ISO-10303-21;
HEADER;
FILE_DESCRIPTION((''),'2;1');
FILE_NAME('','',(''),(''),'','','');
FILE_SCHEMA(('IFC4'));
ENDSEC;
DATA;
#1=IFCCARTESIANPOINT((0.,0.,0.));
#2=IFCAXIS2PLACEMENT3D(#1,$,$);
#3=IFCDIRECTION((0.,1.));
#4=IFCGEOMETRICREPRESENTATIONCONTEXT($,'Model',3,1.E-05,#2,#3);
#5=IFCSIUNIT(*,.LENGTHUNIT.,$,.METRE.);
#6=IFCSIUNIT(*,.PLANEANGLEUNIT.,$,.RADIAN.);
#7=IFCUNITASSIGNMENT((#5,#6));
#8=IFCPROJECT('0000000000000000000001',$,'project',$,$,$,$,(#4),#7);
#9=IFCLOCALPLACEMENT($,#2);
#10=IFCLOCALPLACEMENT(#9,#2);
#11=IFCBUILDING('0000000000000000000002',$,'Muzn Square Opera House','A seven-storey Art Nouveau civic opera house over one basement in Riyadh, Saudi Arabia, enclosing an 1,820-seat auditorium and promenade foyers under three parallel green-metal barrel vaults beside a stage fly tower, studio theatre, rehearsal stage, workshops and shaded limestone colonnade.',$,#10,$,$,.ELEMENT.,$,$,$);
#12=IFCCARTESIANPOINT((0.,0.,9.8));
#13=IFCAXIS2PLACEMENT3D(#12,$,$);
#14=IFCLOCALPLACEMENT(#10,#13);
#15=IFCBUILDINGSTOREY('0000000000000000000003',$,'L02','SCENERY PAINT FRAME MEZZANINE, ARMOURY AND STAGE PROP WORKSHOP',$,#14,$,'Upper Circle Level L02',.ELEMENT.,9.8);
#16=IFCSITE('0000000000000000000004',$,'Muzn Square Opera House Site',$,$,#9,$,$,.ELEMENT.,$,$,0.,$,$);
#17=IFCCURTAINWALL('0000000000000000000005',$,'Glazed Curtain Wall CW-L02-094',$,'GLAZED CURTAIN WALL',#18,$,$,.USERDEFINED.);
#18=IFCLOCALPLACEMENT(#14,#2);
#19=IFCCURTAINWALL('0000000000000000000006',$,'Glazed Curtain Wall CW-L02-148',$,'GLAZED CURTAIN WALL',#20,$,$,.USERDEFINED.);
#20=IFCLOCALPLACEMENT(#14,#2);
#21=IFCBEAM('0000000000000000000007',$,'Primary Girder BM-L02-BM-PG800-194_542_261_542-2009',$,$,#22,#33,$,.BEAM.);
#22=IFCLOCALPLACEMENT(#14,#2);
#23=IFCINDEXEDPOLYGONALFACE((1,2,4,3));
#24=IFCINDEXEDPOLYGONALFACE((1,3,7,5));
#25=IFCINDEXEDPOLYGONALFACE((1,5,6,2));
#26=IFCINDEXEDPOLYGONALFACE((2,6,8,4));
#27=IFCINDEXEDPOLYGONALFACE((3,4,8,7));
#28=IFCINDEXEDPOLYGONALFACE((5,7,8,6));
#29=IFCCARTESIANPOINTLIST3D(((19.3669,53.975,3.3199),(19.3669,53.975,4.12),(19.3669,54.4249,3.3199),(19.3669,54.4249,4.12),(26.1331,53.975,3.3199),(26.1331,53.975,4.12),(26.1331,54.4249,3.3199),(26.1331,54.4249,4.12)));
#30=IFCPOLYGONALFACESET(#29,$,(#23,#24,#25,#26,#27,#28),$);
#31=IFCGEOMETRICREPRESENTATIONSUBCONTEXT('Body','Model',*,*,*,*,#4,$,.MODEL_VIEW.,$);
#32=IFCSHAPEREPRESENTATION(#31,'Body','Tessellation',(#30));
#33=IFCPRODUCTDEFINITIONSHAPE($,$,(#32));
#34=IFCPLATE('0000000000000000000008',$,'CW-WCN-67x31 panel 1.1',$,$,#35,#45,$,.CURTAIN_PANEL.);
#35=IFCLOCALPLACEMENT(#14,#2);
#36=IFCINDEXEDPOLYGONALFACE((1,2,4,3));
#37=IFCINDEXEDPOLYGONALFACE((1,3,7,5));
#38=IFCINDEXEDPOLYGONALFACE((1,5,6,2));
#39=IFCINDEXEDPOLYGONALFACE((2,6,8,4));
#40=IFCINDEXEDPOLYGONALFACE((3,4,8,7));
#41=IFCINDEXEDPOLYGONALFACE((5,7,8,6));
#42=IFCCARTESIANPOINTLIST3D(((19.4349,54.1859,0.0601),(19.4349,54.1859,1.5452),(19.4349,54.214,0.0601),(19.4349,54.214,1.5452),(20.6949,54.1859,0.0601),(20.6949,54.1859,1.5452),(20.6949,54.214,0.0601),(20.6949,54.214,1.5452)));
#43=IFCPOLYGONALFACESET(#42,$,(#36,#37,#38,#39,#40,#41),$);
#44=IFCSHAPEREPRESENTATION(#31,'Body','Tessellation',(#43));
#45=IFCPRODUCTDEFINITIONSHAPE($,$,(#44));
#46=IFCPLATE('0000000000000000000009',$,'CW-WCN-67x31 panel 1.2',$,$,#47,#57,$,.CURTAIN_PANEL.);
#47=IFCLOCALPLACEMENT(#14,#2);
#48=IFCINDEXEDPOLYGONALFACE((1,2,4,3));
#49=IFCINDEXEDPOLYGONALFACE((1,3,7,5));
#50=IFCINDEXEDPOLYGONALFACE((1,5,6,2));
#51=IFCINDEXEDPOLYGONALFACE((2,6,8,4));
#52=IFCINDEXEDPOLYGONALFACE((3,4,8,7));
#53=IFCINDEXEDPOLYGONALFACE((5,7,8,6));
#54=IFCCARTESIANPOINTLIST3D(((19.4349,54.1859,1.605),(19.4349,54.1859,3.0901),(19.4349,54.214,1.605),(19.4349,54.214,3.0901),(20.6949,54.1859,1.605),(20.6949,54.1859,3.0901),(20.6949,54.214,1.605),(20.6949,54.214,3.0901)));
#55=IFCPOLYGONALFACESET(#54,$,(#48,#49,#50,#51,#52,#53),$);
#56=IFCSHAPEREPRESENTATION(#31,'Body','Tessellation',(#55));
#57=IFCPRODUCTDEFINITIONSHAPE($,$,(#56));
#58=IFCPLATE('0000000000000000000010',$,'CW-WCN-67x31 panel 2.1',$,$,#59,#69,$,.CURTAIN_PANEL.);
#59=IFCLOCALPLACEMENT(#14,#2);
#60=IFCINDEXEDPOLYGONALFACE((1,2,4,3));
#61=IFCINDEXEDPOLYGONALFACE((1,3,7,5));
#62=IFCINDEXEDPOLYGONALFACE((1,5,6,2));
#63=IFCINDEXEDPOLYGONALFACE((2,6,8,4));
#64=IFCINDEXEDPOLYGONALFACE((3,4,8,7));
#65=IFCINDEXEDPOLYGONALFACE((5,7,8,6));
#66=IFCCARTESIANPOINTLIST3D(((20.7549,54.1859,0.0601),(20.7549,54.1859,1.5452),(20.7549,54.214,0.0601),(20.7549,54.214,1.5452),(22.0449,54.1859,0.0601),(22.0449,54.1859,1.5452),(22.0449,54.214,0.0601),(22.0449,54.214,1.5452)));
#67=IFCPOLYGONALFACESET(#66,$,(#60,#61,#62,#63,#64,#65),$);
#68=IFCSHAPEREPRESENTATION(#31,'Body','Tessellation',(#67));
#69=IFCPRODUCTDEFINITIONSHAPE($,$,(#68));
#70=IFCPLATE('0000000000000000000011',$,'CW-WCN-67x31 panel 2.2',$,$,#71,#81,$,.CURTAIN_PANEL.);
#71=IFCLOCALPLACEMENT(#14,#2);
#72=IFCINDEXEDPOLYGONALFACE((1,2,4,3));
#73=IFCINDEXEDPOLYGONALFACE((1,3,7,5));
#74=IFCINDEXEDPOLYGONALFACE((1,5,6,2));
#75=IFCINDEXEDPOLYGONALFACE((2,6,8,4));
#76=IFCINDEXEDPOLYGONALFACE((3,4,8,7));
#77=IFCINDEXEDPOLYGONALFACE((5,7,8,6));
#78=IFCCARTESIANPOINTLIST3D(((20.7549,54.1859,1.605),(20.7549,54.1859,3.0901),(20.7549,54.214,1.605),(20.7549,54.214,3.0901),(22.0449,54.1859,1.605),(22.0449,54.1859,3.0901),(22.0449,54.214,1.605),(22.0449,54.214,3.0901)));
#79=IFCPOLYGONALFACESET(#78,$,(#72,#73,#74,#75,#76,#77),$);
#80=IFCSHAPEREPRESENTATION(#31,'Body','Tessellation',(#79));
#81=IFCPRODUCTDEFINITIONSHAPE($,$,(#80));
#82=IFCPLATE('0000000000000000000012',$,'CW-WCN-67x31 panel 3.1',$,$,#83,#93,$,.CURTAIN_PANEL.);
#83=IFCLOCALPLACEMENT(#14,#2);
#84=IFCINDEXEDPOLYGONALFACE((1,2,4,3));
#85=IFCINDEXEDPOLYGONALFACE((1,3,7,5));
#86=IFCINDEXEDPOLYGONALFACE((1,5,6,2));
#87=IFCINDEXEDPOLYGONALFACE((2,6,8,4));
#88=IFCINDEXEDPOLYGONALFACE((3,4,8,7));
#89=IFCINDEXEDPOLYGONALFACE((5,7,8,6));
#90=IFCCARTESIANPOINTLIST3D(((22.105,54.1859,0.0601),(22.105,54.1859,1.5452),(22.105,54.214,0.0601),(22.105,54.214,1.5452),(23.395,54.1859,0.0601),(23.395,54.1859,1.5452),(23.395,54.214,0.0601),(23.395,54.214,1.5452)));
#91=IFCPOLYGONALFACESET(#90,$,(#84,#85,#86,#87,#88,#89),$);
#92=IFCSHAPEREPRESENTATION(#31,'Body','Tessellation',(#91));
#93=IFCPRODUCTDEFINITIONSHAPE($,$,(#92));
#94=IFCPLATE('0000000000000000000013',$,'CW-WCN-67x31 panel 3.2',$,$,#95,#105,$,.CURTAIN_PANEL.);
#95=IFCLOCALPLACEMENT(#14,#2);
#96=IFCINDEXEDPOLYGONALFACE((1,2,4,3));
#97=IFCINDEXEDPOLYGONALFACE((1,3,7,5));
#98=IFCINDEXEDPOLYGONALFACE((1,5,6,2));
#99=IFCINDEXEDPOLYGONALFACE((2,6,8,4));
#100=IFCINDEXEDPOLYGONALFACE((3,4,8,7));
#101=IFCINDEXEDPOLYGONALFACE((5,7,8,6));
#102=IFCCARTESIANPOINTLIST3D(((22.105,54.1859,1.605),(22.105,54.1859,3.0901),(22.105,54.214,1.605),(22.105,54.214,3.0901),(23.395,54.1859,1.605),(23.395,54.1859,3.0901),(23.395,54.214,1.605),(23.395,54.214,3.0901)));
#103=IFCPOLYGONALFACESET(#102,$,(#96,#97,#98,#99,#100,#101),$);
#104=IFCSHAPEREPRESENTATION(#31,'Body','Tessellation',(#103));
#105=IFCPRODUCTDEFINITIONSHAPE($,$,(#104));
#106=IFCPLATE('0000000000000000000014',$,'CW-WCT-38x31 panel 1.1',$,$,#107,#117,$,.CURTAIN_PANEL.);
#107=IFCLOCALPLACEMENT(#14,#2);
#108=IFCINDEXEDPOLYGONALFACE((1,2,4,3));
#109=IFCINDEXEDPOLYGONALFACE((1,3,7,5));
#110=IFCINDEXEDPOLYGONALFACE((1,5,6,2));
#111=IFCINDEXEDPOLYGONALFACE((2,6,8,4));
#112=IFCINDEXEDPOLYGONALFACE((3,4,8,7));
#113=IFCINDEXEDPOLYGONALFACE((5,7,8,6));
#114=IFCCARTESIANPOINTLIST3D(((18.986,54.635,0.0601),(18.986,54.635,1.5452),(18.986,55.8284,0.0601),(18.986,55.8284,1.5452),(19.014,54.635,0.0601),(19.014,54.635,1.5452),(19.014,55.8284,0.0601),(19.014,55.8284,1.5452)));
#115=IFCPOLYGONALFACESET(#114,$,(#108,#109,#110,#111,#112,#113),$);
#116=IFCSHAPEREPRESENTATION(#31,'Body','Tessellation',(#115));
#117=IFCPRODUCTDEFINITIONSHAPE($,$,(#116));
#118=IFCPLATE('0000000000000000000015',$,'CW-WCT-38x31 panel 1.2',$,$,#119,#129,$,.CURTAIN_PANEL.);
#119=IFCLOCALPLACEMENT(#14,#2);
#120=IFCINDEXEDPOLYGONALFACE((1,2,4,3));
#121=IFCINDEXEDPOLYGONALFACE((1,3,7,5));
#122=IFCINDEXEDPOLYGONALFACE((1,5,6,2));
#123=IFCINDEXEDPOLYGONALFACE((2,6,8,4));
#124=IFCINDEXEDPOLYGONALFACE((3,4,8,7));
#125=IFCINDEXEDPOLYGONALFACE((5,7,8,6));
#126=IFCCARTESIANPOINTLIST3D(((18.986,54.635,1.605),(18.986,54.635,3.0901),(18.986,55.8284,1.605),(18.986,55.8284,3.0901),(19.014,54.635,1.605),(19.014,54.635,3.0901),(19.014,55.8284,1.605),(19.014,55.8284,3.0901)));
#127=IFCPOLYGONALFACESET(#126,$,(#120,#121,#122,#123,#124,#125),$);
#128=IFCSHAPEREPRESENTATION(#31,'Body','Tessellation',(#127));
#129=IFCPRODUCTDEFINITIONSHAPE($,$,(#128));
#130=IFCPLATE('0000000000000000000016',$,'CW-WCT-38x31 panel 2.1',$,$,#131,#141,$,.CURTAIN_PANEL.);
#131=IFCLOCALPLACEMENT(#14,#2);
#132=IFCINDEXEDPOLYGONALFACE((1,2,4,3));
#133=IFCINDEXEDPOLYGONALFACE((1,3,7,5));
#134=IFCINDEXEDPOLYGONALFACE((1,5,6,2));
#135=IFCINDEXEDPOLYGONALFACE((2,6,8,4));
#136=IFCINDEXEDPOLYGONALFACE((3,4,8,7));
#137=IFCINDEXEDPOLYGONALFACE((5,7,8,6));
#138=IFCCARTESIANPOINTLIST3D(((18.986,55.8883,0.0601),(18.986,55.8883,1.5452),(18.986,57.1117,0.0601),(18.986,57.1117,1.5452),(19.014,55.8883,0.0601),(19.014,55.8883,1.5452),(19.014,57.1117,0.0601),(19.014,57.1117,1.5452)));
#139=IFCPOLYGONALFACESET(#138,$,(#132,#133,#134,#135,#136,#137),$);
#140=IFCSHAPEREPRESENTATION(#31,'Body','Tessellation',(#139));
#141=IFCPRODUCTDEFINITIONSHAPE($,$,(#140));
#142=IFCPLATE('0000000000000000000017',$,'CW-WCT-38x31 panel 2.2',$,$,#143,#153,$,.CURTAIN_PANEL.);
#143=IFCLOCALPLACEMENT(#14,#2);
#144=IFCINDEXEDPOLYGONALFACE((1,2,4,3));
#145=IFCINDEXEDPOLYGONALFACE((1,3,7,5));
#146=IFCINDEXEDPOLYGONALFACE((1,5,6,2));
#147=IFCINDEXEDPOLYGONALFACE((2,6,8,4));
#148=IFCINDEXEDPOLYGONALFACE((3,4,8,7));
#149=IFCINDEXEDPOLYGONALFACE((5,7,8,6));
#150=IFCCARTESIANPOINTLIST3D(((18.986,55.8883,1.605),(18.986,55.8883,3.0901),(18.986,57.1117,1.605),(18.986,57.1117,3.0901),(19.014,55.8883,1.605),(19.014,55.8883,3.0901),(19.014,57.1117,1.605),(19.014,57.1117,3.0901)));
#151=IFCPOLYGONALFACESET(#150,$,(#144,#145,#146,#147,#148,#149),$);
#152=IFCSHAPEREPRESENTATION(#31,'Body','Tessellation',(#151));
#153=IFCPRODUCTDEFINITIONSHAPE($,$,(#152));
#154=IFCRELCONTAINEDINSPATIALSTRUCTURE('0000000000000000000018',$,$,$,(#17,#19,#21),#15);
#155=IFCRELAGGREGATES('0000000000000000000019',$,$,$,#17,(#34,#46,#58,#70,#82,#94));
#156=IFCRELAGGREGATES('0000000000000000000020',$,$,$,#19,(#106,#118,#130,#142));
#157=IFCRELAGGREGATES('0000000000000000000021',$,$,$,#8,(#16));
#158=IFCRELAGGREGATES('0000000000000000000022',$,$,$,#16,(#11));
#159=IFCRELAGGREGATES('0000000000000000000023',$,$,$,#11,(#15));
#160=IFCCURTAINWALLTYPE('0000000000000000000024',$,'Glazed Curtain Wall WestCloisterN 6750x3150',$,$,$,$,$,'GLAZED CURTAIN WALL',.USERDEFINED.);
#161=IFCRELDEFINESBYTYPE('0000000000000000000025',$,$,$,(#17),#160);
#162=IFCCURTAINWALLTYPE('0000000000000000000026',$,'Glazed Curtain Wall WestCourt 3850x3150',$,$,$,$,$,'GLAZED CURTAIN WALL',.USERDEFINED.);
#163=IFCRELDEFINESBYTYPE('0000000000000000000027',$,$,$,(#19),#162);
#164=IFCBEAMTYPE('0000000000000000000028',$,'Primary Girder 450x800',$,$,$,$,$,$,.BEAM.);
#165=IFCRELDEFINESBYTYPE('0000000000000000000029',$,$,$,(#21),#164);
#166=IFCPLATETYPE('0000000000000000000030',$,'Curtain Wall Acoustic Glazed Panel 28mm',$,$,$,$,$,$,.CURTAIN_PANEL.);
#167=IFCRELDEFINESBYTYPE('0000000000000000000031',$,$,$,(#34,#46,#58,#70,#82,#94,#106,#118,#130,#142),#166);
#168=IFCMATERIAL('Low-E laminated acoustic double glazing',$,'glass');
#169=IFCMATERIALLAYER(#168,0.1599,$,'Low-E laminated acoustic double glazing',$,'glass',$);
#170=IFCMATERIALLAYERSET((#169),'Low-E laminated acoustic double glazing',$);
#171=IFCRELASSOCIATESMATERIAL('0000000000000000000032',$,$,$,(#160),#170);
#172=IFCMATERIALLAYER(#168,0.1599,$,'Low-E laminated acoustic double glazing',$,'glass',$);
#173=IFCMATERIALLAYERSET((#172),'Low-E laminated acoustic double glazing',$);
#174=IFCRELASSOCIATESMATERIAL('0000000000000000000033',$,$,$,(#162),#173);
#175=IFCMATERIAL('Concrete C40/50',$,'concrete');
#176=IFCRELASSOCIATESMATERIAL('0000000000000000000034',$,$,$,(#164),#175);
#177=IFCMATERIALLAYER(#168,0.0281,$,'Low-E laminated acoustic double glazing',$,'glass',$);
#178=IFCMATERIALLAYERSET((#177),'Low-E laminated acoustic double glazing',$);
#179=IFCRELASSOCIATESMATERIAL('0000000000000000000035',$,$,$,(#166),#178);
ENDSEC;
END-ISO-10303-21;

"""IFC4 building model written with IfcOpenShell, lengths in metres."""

from ifc_helpers import new_model, si_unit, direction, frame, origin, origin_2d, place, context, subcontext, project, spatial, rectangle, extrude, material, layer, layer_set, material_profile, profile_set, type_object, element, aggregate, save


model = new_model("IFC4")

# Units and contexts
model_context = context("Model", 3, precision=1e-05, world=origin(), true_north=direction((0.0, 1.0)))
body_context = subcontext(model_context, "Body", "Model", "MODEL_VIEW")
ifc_project = project(units=[si_unit("LENGTHUNIT", "METRE"), si_unit("PLANEANGLEUNIT", "RADIAN")], contexts=[model_context])

# Site, building, storey
site_placement = place(None, origin())
site = spatial("IfcSite", under=ifc_project, at=site_placement, Name="Muzn Square Opera House Site", CompositionType="ELEMENT", RefElevation=0.0)
building_placement = place(site_placement, origin())
building = spatial("IfcBuilding", under=site, at=building_placement, Name="Muzn Square Opera House", Description="A seven-storey Art Nouveau civic opera house over one basement in Riyadh, Saudi Arabia, enclosing an 1,820-seat auditorium and promenade foyers under three parallel green-metal barrel vaults beside a stage fly tower, studio theatre, rehearsal stage, workshops and shaded limestone colonnade.", CompositionType="ELEMENT")
storey_placement = place(building_placement, frame((0.0, 0.0, 9.8)))
storey = spatial("IfcBuildingStorey", under=building, at=storey_placement, Name="L02", Description="SCENERY PAINT FRAME MEZZANINE, ARMOURY AND STAGE PROP WORKSHOP", LongName="Upper Circle Level L02", CompositionType="ELEMENT", Elevation=9.8)

# Curtain walls
ifc_material_1 = material(Name="Low-E laminated acoustic double glazing", Category="glass")
ifc_layer_1 = layer(ifc_material_1, 0.1599, Name="Low-E laminated acoustic double glazing", Category="glass")
ifc_layer_set_1 = layer_set([ifc_layer_1], Name="Low-E laminated acoustic double glazing")
curtain_wall_type_1 = type_object("IfcCurtainWallType", Name="Glazed Curtain Wall WestCloisterN 6750x3150", ElementType="GLAZED CURTAIN WALL", PredefinedType="USERDEFINED", material=ifc_layer_set_1)
curtain_wall_1_placement = place(storey_placement, origin())
curtain_wall_1 = element("IfcCurtainWall", 1, at=curtain_wall_1_placement, inside=storey, type_object=curtain_wall_type_1, Name="Glazed Curtain Wall CW-L02-094", ObjectType="GLAZED CURTAIN WALL", PredefinedType="USERDEFINED")
ifc_layer_2 = layer(ifc_material_1, 0.1599, Name="Low-E laminated acoustic double glazing", Category="glass")
ifc_layer_set_2 = layer_set([ifc_layer_2], Name="Low-E laminated acoustic double glazing")
curtain_wall_type_2 = type_object("IfcCurtainWallType", Name="Glazed Curtain Wall WestCourt 3850x3150", ElementType="GLAZED CURTAIN WALL", PredefinedType="USERDEFINED", material=ifc_layer_set_2)
curtain_wall_2_placement = place(storey_placement, origin())
curtain_wall_2 = element("IfcCurtainWall", 2, at=curtain_wall_2_placement, inside=storey, type_object=curtain_wall_type_2, Name="Glazed Curtain Wall CW-L02-148", ObjectType="GLAZED CURTAIN WALL", PredefinedType="USERDEFINED")

# Beam
ifc_material_2 = material(Name="Concrete C40/50", Category="concrete")
ifc_material_profile_1 = material_profile(ifc_material_2, rectangle(XDim=0.45, YDim=0.8, at=origin_2d()), Name="RCB 450x800", Category="concrete")
ifc_profile_set_1 = profile_set([ifc_material_profile_1], Name="Concrete C40/50")
beam_type_1 = type_object("IfcBeamType", Name="Primary Girder 450x800", PredefinedType="BEAM", material=ifc_profile_set_1)
beam_1_placement = place(storey_placement, frame((19.3669, 54.2, 3.72), z_axis=(1.0, 0.0, 0.0), x_axis=(0.0, 1.0, 0.0)))
element("IfcBeam", 3, at=beam_1_placement, inside=storey, type_object=beam_type_1, Name="Primary Girder BM-L02-BM-PG800-194_542_261_542-2009", PredefinedType="BEAM", context=body_context, shape_type="SweptSolid", body=[
    extrude(rectangle(XDim=0.45, YDim=0.8, at=origin_2d()), origin(), (0.0, 0.0, 1.0), 6.7661),
])

# Plates
ifc_layer_3 = layer(ifc_material_1, 0.0281, Name="Low-E laminated acoustic double glazing", Category="glass")
ifc_layer_set_3 = layer_set([ifc_layer_3], Name="Low-E laminated acoustic double glazing")
plate_type = type_object("IfcPlateType", Name="Curtain Wall Acoustic Glazed Panel 28mm", PredefinedType="CURTAIN_PANEL", material=ifc_layer_set_3)
plate_1_placement = place(storey_placement, frame((20.0649, 54.2, 0.0601), z_axis=(0.0, 0.0, 1.0), x_axis=(1.0, 0.0, 0.0)))
plate_1 = element("IfcPlate", 4, at=plate_1_placement, type_object=plate_type, Name="CW-WCN-67x31 panel 1.1", PredefinedType="CURTAIN_PANEL", context=body_context, shape_type="SweptSolid", body=[
    extrude(rectangle(XDim=1.26, YDim=0.0281, at=origin_2d()), origin(), (0.0, 0.0, 1.0), 1.4851),
])
plate_2_placement = place(storey_placement, frame((20.0649, 54.2, 1.605), z_axis=(0.0, 0.0, 1.0), x_axis=(1.0, 0.0, 0.0)))
plate_2 = element("IfcPlate", 5, at=plate_2_placement, type_object=plate_type, Name="CW-WCN-67x31 panel 1.2", PredefinedType="CURTAIN_PANEL", context=body_context, shape_type="SweptSolid", body=[
    extrude(rectangle(XDim=1.26, YDim=0.0281, at=origin_2d()), origin(), (0.0, 0.0, 1.0), 1.4851),
])
plate_3_placement = place(storey_placement, frame((21.3999, 54.2, 0.0601), z_axis=(0.0, 0.0, 1.0), x_axis=(1.0, 0.0, 0.0)))
plate_3 = element("IfcPlate", 6, at=plate_3_placement, type_object=plate_type, Name="CW-WCN-67x31 panel 2.1", PredefinedType="CURTAIN_PANEL", context=body_context, shape_type="SweptSolid", body=[
    extrude(rectangle(XDim=1.29, YDim=0.0281, at=origin_2d()), origin(), (0.0, 0.0, 1.0), 1.4851),
])
plate_4_placement = place(storey_placement, frame((21.3999, 54.2, 1.605), z_axis=(0.0, 0.0, 1.0), x_axis=(1.0, 0.0, 0.0)))
plate_4 = element("IfcPlate", 7, at=plate_4_placement, type_object=plate_type, Name="CW-WCN-67x31 panel 2.2", PredefinedType="CURTAIN_PANEL", context=body_context, shape_type="SweptSolid", body=[
    extrude(rectangle(XDim=1.29, YDim=0.0281, at=origin_2d()), origin(), (0.0, 0.0, 1.0), 1.4851),
])
plate_5_placement = place(storey_placement, frame((22.75, 54.2, 0.0601), z_axis=(0.0, 0.0, 1.0), x_axis=(1.0, 0.0, 0.0)))
plate_5 = element("IfcPlate", 8, at=plate_5_placement, type_object=plate_type, Name="CW-WCN-67x31 panel 3.1", PredefinedType="CURTAIN_PANEL", context=body_context, shape_type="SweptSolid", body=[
    extrude(rectangle(XDim=1.29, YDim=0.0281, at=origin_2d()), origin(), (0.0, 0.0, 1.0), 1.4851),
])
plate_6_placement = place(storey_placement, frame((22.75, 54.2, 1.605), z_axis=(0.0, 0.0, 1.0), x_axis=(1.0, 0.0, 0.0)))
plate_6 = element("IfcPlate", 9, at=plate_6_placement, type_object=plate_type, Name="CW-WCN-67x31 panel 3.2", PredefinedType="CURTAIN_PANEL", context=body_context, shape_type="SweptSolid", body=[
    extrude(rectangle(XDim=1.29, YDim=0.0281, at=origin_2d()), origin(), (0.0, 0.0, 1.0), 1.4851),
])
aggregate(curtain_wall_1, [plate_1, plate_2, plate_3, plate_4, plate_5, plate_6])
plate_7_placement = place(storey_placement, frame((19.0, 55.2317, 0.0601), z_axis=(0.0, 0.0, 1.0), x_axis=(0.0, 1.0, 0.0)))
plate_7 = element("IfcPlate", 10, at=plate_7_placement, type_object=plate_type, Name="CW-WCT-38x31 panel 1.1", PredefinedType="CURTAIN_PANEL", context=body_context, shape_type="SweptSolid", body=[
    extrude(rectangle(XDim=1.1934, YDim=0.0281, at=origin_2d()), origin(), (0.0, 0.0, 1.0), 1.4851),
])
plate_8_placement = place(storey_placement, frame((19.0, 55.2317, 1.605), z_axis=(0.0, 0.0, 1.0), x_axis=(0.0, 1.0, 0.0)))
plate_8 = element("IfcPlate", 11, at=plate_8_placement, type_object=plate_type, Name="CW-WCT-38x31 panel 1.2", PredefinedType="CURTAIN_PANEL", context=body_context, shape_type="SweptSolid", body=[
    extrude(rectangle(XDim=1.1934, YDim=0.0281, at=origin_2d()), origin(), (0.0, 0.0, 1.0), 1.4851),
])
plate_9_placement = place(storey_placement, frame((19.0, 56.5, 0.0601), z_axis=(0.0, 0.0, 1.0), x_axis=(0.0, 1.0, 0.0)))
plate_9 = element("IfcPlate", 12, at=plate_9_placement, type_object=plate_type, Name="CW-WCT-38x31 panel 2.1", PredefinedType="CURTAIN_PANEL", context=body_context, shape_type="SweptSolid", body=[
    extrude(rectangle(XDim=1.2234, YDim=0.0281, at=origin_2d()), origin(), (0.0, 0.0, 1.0), 1.4851),
])
plate_10_placement = place(storey_placement, frame((19.0, 56.5, 1.605), z_axis=(0.0, 0.0, 1.0), x_axis=(0.0, 1.0, 0.0)))
plate_10 = element("IfcPlate", 13, at=plate_10_placement, type_object=plate_type, Name="CW-WCT-38x31 panel 2.2", PredefinedType="CURTAIN_PANEL", context=body_context, shape_type="SweptSolid", body=[
    extrude(rectangle(XDim=1.2234, YDim=0.0281, at=origin_2d()), origin(), (0.0, 0.0, 1.0), 1.4851),
])
aggregate(curtain_wall_2, [plate_7, plate_8, plate_9, plate_10])

save(model, "model.ifc")
